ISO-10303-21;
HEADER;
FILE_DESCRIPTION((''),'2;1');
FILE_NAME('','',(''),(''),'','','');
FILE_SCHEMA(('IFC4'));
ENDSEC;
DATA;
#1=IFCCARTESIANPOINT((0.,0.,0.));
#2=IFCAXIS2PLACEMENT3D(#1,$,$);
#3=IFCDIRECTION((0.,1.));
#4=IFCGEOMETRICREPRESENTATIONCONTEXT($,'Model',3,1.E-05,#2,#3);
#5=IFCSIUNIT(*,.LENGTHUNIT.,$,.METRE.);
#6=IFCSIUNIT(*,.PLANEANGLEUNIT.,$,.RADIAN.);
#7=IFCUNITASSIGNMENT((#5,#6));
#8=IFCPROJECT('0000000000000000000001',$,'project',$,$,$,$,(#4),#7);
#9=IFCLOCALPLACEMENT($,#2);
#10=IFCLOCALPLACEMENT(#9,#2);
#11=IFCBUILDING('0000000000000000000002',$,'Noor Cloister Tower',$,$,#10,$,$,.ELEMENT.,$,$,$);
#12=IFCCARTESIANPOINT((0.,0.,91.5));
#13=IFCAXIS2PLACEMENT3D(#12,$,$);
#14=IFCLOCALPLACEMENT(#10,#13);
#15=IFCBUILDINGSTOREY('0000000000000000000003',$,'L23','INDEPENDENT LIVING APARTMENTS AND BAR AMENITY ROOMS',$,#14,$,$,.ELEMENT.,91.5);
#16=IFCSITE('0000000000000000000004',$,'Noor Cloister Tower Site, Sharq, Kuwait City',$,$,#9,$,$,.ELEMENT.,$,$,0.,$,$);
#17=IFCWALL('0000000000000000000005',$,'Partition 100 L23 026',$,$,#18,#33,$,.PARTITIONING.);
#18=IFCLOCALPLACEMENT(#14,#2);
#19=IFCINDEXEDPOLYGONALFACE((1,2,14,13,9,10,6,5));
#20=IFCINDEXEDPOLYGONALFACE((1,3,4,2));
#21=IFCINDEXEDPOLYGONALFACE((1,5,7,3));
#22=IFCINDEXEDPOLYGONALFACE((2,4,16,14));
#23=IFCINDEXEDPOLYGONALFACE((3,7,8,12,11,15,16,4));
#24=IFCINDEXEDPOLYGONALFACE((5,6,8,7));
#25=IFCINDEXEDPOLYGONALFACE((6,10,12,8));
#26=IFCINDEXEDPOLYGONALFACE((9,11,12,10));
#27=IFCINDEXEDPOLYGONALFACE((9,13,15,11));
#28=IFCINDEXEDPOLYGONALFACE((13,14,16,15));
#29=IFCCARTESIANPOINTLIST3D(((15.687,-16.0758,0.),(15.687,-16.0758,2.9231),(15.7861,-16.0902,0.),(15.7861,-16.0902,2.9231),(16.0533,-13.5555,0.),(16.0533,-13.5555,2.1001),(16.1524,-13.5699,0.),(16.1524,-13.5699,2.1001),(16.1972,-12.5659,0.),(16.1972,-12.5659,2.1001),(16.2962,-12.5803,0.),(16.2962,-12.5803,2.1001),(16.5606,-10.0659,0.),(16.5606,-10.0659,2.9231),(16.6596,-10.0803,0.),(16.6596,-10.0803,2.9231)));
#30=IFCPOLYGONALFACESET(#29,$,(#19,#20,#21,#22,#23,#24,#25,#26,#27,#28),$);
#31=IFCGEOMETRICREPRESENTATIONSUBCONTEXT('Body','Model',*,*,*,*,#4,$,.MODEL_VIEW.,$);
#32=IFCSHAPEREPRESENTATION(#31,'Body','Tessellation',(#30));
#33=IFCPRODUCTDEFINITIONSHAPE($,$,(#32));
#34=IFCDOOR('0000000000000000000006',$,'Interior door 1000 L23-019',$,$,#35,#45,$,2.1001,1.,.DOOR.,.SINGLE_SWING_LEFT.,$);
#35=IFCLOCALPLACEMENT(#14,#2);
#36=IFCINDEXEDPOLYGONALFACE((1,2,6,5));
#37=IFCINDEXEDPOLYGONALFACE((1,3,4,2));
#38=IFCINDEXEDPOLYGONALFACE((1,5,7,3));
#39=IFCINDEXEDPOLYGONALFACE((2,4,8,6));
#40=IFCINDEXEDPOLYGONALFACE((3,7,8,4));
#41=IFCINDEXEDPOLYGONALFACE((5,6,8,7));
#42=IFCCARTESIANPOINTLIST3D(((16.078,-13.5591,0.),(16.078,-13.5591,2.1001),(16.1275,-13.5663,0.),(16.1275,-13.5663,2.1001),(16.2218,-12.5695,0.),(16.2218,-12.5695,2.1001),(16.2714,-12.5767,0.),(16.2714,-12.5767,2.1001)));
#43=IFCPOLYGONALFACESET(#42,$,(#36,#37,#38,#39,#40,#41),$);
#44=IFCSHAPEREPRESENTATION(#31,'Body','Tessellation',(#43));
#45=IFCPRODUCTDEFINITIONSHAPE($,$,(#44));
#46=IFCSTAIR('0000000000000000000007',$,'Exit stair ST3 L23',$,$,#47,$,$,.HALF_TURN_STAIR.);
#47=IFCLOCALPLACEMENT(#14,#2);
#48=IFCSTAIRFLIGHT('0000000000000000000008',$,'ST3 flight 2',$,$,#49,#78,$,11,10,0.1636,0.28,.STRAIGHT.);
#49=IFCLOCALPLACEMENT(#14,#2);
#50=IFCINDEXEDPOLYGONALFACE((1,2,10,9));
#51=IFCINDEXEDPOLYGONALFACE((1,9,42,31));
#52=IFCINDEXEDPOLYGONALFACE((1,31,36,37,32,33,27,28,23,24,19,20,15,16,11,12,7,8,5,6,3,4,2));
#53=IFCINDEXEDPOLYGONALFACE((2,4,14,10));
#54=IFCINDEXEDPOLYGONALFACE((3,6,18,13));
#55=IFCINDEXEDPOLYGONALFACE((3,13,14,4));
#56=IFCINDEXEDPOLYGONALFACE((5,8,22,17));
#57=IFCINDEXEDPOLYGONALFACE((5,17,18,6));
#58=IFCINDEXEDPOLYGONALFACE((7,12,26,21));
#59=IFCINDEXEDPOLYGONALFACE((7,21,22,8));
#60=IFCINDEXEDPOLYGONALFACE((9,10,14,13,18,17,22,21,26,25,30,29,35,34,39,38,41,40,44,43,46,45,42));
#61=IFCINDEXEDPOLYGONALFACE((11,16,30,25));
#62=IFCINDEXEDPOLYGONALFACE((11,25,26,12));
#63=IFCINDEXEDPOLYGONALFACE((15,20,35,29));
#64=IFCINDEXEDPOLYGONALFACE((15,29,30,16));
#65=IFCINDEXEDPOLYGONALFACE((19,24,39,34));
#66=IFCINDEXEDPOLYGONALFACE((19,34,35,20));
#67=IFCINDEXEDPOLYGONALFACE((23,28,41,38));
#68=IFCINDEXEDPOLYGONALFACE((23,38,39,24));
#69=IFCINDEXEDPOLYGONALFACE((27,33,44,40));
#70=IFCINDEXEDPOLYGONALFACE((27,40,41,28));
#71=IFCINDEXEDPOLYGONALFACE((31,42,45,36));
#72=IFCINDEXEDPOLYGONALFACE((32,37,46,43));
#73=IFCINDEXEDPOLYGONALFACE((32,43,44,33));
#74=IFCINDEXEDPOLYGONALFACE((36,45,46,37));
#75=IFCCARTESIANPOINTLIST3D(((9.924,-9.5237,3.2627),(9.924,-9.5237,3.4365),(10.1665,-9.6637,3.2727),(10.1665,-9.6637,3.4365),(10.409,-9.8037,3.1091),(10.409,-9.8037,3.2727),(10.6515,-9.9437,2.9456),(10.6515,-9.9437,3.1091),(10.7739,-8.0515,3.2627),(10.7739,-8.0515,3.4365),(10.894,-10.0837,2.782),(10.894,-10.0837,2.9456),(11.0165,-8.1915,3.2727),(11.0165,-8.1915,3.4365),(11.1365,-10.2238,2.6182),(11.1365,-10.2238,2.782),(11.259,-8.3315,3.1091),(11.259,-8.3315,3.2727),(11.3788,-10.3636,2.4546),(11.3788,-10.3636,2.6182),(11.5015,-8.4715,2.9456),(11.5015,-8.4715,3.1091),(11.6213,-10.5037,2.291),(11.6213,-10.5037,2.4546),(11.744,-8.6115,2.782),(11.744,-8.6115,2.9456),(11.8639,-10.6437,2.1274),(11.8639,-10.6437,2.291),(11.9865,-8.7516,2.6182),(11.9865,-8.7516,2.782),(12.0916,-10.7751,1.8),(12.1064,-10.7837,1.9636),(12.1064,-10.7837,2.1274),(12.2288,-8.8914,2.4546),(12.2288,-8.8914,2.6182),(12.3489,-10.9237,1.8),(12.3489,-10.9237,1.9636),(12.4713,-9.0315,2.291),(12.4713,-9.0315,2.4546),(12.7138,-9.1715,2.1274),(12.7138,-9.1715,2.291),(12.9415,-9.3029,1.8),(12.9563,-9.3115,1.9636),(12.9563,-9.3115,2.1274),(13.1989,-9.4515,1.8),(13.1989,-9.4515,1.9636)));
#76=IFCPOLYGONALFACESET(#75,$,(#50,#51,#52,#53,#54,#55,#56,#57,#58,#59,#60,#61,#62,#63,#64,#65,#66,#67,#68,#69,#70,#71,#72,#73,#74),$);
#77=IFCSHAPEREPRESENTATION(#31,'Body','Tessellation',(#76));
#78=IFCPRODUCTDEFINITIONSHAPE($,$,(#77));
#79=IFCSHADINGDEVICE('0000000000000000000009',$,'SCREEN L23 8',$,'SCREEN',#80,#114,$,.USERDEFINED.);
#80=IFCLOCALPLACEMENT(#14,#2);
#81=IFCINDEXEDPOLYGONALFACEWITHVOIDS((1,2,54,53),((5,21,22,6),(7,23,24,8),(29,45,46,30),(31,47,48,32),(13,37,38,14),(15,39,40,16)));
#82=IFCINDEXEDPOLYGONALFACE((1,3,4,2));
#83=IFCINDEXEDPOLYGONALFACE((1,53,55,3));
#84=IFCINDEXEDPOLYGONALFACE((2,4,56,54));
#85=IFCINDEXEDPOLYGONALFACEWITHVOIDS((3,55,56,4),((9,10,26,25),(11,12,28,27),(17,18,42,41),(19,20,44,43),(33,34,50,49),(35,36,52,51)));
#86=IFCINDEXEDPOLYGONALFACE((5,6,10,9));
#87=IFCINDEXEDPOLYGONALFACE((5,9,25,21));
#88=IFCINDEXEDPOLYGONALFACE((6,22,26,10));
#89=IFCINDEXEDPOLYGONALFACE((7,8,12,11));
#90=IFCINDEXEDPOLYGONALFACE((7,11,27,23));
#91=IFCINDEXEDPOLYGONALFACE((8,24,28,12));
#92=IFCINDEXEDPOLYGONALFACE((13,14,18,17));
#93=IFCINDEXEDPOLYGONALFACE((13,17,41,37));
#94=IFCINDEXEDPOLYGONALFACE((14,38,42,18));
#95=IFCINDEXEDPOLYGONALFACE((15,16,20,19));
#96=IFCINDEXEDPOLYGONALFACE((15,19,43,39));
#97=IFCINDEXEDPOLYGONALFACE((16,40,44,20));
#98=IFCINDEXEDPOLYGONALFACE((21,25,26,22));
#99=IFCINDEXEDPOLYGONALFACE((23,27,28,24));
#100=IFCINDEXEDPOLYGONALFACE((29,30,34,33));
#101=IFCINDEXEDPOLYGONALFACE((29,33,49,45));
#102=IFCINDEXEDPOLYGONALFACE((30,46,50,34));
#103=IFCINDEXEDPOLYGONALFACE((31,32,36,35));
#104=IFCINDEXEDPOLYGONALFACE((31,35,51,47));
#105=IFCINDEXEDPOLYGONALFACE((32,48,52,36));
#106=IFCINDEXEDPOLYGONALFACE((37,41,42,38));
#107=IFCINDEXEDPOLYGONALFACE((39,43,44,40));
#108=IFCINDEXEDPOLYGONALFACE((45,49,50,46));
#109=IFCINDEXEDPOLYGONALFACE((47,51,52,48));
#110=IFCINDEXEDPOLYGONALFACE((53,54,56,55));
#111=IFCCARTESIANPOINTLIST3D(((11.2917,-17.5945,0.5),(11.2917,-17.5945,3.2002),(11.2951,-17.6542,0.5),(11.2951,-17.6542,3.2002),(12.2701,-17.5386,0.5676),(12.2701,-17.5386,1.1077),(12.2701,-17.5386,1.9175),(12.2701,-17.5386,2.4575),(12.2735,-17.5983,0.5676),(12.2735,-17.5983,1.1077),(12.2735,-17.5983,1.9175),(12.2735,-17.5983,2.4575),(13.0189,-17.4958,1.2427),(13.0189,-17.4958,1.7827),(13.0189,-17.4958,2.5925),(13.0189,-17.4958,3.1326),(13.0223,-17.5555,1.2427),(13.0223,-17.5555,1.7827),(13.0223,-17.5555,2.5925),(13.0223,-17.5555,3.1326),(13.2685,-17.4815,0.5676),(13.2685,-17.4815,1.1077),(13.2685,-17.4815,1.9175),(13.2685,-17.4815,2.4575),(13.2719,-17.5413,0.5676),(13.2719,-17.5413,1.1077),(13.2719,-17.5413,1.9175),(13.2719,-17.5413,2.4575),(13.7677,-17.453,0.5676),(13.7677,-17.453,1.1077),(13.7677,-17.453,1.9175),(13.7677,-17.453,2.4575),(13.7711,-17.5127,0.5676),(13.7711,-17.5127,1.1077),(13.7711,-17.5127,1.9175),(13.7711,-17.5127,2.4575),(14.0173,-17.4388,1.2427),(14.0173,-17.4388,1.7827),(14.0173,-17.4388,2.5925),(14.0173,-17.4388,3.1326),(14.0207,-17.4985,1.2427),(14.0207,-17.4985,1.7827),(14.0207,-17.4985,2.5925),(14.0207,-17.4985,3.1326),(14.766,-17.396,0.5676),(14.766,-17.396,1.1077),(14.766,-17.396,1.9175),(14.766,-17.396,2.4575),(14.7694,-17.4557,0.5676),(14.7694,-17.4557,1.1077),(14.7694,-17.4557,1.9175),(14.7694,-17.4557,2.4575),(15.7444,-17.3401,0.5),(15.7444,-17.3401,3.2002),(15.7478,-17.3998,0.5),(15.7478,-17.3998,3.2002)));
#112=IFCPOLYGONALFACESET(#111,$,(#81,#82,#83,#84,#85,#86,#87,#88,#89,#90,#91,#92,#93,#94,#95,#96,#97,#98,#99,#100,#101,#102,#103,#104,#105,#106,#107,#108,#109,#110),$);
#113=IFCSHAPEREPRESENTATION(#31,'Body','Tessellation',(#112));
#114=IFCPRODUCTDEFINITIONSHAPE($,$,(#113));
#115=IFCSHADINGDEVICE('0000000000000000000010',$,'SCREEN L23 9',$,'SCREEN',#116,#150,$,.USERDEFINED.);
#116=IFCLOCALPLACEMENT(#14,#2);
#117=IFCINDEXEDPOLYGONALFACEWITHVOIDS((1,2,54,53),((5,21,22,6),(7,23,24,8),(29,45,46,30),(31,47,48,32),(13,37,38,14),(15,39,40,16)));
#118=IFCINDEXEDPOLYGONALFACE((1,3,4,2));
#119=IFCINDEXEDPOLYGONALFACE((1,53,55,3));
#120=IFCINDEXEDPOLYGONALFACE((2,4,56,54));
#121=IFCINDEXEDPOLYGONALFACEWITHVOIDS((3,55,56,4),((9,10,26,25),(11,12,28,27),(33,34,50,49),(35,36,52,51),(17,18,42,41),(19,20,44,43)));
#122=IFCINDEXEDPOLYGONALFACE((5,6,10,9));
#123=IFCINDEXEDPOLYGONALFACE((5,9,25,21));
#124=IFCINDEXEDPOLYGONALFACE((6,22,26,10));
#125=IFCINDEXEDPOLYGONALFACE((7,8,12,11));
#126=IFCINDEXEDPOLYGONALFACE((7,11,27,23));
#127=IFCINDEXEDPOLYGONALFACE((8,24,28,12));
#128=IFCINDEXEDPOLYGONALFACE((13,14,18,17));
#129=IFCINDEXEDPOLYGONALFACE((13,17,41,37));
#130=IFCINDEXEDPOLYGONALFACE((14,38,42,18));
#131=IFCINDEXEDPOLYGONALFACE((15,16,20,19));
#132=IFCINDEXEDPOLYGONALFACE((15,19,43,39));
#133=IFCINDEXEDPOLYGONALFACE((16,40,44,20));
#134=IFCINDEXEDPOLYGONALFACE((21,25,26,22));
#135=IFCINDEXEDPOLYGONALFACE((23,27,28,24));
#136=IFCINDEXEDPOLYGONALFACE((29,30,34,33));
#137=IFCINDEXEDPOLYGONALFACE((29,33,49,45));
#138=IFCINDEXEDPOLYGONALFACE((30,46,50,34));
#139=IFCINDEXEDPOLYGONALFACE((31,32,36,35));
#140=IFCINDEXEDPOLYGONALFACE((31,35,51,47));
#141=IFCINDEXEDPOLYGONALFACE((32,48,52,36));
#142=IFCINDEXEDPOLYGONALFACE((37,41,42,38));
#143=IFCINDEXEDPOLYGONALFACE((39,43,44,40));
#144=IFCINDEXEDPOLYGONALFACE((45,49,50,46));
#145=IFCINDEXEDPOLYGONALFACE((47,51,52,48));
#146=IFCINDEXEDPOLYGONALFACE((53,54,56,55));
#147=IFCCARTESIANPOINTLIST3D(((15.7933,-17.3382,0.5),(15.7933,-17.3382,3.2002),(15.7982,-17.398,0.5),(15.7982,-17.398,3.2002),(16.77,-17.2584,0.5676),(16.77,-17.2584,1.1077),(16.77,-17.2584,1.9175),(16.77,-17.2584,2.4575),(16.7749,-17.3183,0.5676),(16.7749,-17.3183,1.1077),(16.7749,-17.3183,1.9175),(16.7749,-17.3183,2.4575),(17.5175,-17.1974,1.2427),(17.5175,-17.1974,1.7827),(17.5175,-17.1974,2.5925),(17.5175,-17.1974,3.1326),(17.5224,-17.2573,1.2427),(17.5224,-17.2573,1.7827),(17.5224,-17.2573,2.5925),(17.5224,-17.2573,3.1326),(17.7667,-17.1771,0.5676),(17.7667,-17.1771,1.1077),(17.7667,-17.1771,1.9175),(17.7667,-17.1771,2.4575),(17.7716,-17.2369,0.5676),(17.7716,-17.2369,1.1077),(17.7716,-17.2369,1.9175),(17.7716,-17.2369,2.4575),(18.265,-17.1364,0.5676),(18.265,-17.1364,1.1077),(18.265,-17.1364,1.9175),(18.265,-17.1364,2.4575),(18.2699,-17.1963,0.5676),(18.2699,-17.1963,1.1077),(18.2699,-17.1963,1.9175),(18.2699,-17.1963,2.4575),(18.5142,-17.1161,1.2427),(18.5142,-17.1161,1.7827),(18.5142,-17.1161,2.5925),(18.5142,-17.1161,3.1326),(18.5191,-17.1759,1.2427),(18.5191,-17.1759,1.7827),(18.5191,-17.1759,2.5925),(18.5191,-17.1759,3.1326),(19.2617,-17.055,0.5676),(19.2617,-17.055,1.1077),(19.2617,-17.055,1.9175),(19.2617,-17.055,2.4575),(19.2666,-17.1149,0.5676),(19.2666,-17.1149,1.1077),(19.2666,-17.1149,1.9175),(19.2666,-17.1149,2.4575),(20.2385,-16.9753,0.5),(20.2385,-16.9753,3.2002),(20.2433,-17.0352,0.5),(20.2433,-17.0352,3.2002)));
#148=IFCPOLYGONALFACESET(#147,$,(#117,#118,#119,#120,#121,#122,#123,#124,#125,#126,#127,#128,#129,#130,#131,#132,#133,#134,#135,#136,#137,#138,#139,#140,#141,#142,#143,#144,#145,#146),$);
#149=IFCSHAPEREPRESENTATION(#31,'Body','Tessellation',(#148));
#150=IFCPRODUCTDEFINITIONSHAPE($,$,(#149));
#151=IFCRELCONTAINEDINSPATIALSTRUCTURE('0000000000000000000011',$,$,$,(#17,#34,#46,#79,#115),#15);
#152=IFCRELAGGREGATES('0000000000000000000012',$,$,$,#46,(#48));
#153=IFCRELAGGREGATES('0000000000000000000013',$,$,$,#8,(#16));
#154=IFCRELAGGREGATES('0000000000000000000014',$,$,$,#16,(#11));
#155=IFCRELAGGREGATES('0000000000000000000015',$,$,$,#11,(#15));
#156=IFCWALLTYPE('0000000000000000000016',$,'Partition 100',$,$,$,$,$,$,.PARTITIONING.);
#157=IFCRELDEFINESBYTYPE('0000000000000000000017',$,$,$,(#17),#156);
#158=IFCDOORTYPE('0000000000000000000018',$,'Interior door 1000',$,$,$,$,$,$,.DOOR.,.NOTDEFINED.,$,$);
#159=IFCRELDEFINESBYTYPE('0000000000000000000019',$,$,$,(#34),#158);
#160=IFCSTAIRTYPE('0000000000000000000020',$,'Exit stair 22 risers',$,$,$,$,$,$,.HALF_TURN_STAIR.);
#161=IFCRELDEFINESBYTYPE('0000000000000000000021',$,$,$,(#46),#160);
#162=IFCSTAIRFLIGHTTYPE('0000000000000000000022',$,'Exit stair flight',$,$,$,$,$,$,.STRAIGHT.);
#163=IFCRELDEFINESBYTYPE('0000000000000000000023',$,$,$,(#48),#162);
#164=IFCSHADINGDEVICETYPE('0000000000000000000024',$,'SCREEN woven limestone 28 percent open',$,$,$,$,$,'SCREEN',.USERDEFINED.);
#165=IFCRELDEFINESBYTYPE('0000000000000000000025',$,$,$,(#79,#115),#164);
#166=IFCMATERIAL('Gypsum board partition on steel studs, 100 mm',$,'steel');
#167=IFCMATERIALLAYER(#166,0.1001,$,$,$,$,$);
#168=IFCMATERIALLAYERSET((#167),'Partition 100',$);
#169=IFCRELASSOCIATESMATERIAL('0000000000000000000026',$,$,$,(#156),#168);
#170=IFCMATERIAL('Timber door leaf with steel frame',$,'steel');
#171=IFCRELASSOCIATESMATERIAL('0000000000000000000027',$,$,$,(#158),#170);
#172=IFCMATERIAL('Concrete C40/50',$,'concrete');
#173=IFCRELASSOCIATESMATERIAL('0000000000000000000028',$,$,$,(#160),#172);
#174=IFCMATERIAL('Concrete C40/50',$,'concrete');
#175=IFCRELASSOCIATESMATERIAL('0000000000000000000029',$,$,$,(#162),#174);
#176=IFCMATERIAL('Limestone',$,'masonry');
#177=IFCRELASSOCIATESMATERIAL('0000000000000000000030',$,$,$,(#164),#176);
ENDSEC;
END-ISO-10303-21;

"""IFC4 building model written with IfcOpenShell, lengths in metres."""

from ifc_helpers import new_model, si_unit, direction, frame, frame_2d, origin, place, context, subcontext, project, spatial, polyline, rectangle, outline, extrude, material, layer, layer_set, material_profile, profile_set, type_object, element, fill, aggregate, save


model = new_model("IFC4")

# Units and contexts
model_context = context("Model", 3, precision=1e-05, world=origin(), true_north=direction((0.0, 1.0)))
body_context = subcontext(model_context, "Body", "Model", "MODEL_VIEW")
ifc_project = project(units=[si_unit("LENGTHUNIT", "METRE"), si_unit("PLANEANGLEUNIT", "RADIAN")], contexts=[model_context])

# Site, building, storey
site_placement = place(None, origin())
site = spatial("IfcSite", under=ifc_project, at=site_placement, Name="Noor Cloister Tower Site, Sharq, Kuwait City", CompositionType="ELEMENT", RefElevation=0.0)
building_placement = place(site_placement, origin())
building = spatial("IfcBuilding", under=site, at=building_placement, Name="Noor Cloister Tower", CompositionType="ELEMENT")
storey_placement = place(building_placement, frame((0.0, 0.0, 91.5)))
storey = spatial("IfcBuildingStorey", under=building, at=storey_placement, Name="L23", Description="INDEPENDENT LIVING APARTMENTS AND BAR AMENITY ROOMS", CompositionType="ELEMENT", Elevation=91.5)

# Wall, opening, door
ifc_material_1 = material(Name="Gypsum board partition on steel studs, 100 mm", Category="steel")
ifc_layer_1 = layer(ifc_material_1, 0.1001)
ifc_layer_set_1 = layer_set([ifc_layer_1], Name="Partition 100")
wall_type = type_object("IfcWallType", Name="Partition 100", PredefinedType="PARTITIONING", material=ifc_layer_set_1)
ifc_material_2 = material(Name="Timber door leaf with steel frame", Category="steel")
door_type = type_object("IfcDoorType", Name="Interior door 1000", OperationType="NOTDEFINED", PredefinedType="DOOR", material=ifc_material_2)
wall_1_placement = place(storey_placement, frame((16.6101, -10.073, 0.0), z_axis=(0.0, 0.0, 1.0), x_axis=(-0.143841, -0.989601, 0.0)))
wall_1 = element("IfcWall", 1, at=wall_1_placement, inside=storey, type_object=wall_type, Name="Partition 100 L23 026", PredefinedType="PARTITIONING", context=body_context, shape_type="SweptSolid", body=[
    extrude(rectangle(XDim=6.073, YDim=0.1001, at=frame_2d((3.0366, 0.0))), origin(), (0.0, 0.0, 1.0), 2.9231),
])
opening_1_placement = place(wall_1_placement, frame((2.5264, 0.0, 0.0)))
opening_1 = element("IfcOpeningElement", 2, at=opening_1_placement, cuts=wall_1, PredefinedType="OPENING", context=body_context, shape_type="SweptSolid", body=[
    extrude(rectangle(XDim=1.0, YDim=2.1001, at=frame_2d((0.5, 1.05))), frame((0.0, 0.0601, 0.0), z_axis=(0.0, -1.0, 0.0), x_axis=(1.0, 0.0, 0.0)), (0.0, 0.0, 1.0), 0.1201),
])
door_1_placement = place(opening_1_placement, origin())
door_1 = element("IfcDoor", 3, at=door_1_placement, inside=storey, type_object=door_type, Name="Interior door 1000 L23-019", OperationType="SINGLE_SWING_LEFT", OverallHeight=2.1001, OverallWidth=1.0, PredefinedType="DOOR", context=body_context, shape_type="SweptSolid", body=[
    extrude(rectangle(XDim=1.0, YDim=2.1001, at=frame_2d((0.5, 1.05))), frame((0.0, 0.0249, 0.0), z_axis=(0.0, -1.0, 0.0), x_axis=(1.0, 0.0, 0.0)), (0.0, 0.0, 1.0), 0.05),
])
fill(opening_1, door_1)

# Stair, stair flight
ifc_material_3 = material(Name="Concrete C40/50", Category="concrete")
stair_type = type_object("IfcStairType", Name="Exit stair 22 risers", PredefinedType="HALF_TURN_STAIR", material=ifc_material_3)
stair_placement = place(storey_placement, origin())
stair = element("IfcStair", 4, at=stair_placement, inside=storey, type_object=stair_type, Name="Exit stair ST3 L23", PredefinedType="HALF_TURN_STAIR")
ifc_material_4 = material(Name="Concrete C40/50", Category="concrete")
stair_flight_type = type_object("IfcStairFlightType", Name="Exit stair flight", PredefinedType="STRAIGHT", material=ifc_material_4)
stair_flight_placement = place(storey_placement, frame((12.7739, -10.1875, 1.8), z_axis=(0.0, 0.0, 1.0), x_axis=(-0.866025, 0.5, 0.0)))
stair_flight = element("IfcStairFlight", 5, at=stair_flight_placement, type_object=stair_flight_type, Name="ST3 flight 2", NumberOfRisers=11, NumberOfTreads=10, PredefinedType="STRAIGHT", RiserHeight=0.1636, TreadLength=0.28, context=body_context, shape_type="SweptSolid", body=[
    extrude(outline(polyline([(0.0, 0.0), (0.0, 0.1636), (0.28, 0.1636), (0.28, 0.3274), (0.5601, 0.3274), (0.5601, 0.491), (0.8401, 0.491), (0.8401, 0.6545), (1.1201, 0.6545), (1.1201, 0.8181), (1.3999, 0.8181), (1.3999, 0.9819), (1.6799, 0.9819), (1.6799, 1.1455), (1.96, 1.1455), (1.96, 1.3091), (2.24, 1.3091), (2.24, 1.4727), (2.52, 1.4727), (2.52, 1.6365), (2.8, 1.6365), (2.8, 1.8), (2.8, 1.4626), (0.2971, 0.0), (0.0, 0.0)])), frame((0.0, 0.8501, 0.0), z_axis=(0.0, -1.0, 0.0), x_axis=(1.0, 0.0, 0.0)), (0.0, 0.0, 1.0), 1.7),
])
aggregate(stair, [stair_flight])

# Shading devices
ifc_material_5 = material(Name="Limestone", Category="masonry")
ifc_material_profile_1 = material_profile(ifc_material_5, outline(polyline([(-2.23, -1.3501), (2.23, -1.3501), (2.23, 1.3501), (-2.23, 1.3501), (-2.23, -1.3501)]), holes=[polyline([(-1.25, -1.2825), (-0.25, -1.2825), (-0.25, -0.7424), (-1.25, -0.7424), (-1.25, -1.2825)]), polyline([(0.25, -1.2825), (1.25, -1.2825), (1.25, -0.7424), (0.25, -0.7424), (0.25, -1.2825)]), polyline([(-0.5, -0.6074), (0.5, -0.6074), (0.5, -0.0674), (-0.5, -0.0674), (-0.5, -0.6074)]), polyline([(-1.25, 0.0674), (-0.25, 0.0674), (-0.25, 0.6074), (-1.25, 0.6074), (-1.25, 0.0674)]), polyline([(0.25, 0.0674), (1.25, 0.0674), (1.25, 0.6074), (0.25, 0.6074), (0.25, 0.0674)]), polyline([(-0.5, 0.7424), (0.5, 0.7424), (0.5, 1.2825), (-0.5, 1.2825), (-0.5, 0.7424)])]), Name="Woven screen 28 percent open")
ifc_profile_set_1 = profile_set([ifc_material_profile_1], Name="Limestone")
shading_device_type = type_object("IfcShadingDeviceType", Name="SCREEN woven limestone 28 percent open", ElementType="SCREEN", PredefinedType="USERDEFINED", material=ifc_profile_set_1)
shading_device_1_placement = place(storey_placement, frame((13.5181, -17.4673, 1.8501), z_axis=(0.05705, -0.998371, 0.0), x_axis=(0.998371, 0.05705, 0.0)))
element("IfcShadingDevice", 6, at=shading_device_1_placement, inside=storey, type_object=shading_device_type, Name="SCREEN L23 8", ObjectType="SCREEN", PredefinedType="USERDEFINED", context=body_context, shape_type="SweptSolid", body=[
    extrude(outline(polyline([(-2.23, -1.3501), (2.23, -1.3501), (2.23, 1.3501), (-2.23, 1.3501), (-2.23, -1.3501)]), holes=[polyline([(-1.25, -1.2825), (-0.25, -1.2825), (-0.25, -0.7424), (-1.25, -0.7424), (-1.25, -1.2825)]), polyline([(0.25, -1.2825), (1.25, -1.2825), (1.25, -0.7424), (0.25, -0.7424), (0.25, -1.2825)]), polyline([(-0.5, -0.6074), (0.5, -0.6074), (0.5, -0.0674), (-0.5, -0.0674), (-0.5, -0.6074)]), polyline([(-1.25, 0.0674), (-0.25, 0.0674), (-0.25, 0.6074), (-1.25, 0.6074), (-1.25, 0.0674)]), polyline([(0.25, 0.0674), (1.25, 0.0674), (1.25, 0.6074), (0.25, 0.6074), (0.25, 0.0674)]), polyline([(-0.5, 0.7424), (0.5, 0.7424), (0.5, 1.2825), (-0.5, 1.2825), (-0.5, 0.7424)])]), origin(), (0.0, 0.0, 1.0), 0.0598),
])
shading_device_2_placement = place(storey_placement, frame((18.0159, -17.1567, 1.8501), z_axis=(0.081362, -0.996685, 0.0), x_axis=(0.996685, 0.081362, 0.0)))
element("IfcShadingDevice", 7, at=shading_device_2_placement, inside=storey, type_object=shading_device_type, Name="SCREEN L23 9", ObjectType="SCREEN", PredefinedType="USERDEFINED", context=body_context, shape_type="SweptSolid", body=[
    extrude(outline(polyline([(-2.23, -1.3501), (2.23, -1.3501), (2.23, 1.3501), (-2.23, 1.3501), (-2.23, -1.3501)]), holes=[polyline([(-1.25, -1.2825), (-0.25, -1.2825), (-0.25, -0.7424), (-1.25, -0.7424), (-1.25, -1.2825)]), polyline([(0.25, -1.2825), (1.25, -1.2825), (1.25, -0.7424), (0.25, -0.7424), (0.25, -1.2825)]), polyline([(-0.5, -0.6074), (0.5, -0.6074), (0.5, -0.0674), (-0.5, -0.0674), (-0.5, -0.6074)]), polyline([(-1.25, 0.0674), (-0.25, 0.0674), (-0.25, 0.6074), (-1.25, 0.6074), (-1.25, 0.0674)]), polyline([(0.25, 0.0674), (1.25, 0.0674), (1.25, 0.6074), (0.25, 0.6074), (0.25, 0.0674)]), polyline([(-0.5, 0.7424), (0.5, 0.7424), (0.5, 1.2825), (-0.5, 1.2825), (-0.5, 0.7424)])]), origin(), (0.0, 0.0, 1.0), 0.0601),
])

save(model, "model.ifc")
